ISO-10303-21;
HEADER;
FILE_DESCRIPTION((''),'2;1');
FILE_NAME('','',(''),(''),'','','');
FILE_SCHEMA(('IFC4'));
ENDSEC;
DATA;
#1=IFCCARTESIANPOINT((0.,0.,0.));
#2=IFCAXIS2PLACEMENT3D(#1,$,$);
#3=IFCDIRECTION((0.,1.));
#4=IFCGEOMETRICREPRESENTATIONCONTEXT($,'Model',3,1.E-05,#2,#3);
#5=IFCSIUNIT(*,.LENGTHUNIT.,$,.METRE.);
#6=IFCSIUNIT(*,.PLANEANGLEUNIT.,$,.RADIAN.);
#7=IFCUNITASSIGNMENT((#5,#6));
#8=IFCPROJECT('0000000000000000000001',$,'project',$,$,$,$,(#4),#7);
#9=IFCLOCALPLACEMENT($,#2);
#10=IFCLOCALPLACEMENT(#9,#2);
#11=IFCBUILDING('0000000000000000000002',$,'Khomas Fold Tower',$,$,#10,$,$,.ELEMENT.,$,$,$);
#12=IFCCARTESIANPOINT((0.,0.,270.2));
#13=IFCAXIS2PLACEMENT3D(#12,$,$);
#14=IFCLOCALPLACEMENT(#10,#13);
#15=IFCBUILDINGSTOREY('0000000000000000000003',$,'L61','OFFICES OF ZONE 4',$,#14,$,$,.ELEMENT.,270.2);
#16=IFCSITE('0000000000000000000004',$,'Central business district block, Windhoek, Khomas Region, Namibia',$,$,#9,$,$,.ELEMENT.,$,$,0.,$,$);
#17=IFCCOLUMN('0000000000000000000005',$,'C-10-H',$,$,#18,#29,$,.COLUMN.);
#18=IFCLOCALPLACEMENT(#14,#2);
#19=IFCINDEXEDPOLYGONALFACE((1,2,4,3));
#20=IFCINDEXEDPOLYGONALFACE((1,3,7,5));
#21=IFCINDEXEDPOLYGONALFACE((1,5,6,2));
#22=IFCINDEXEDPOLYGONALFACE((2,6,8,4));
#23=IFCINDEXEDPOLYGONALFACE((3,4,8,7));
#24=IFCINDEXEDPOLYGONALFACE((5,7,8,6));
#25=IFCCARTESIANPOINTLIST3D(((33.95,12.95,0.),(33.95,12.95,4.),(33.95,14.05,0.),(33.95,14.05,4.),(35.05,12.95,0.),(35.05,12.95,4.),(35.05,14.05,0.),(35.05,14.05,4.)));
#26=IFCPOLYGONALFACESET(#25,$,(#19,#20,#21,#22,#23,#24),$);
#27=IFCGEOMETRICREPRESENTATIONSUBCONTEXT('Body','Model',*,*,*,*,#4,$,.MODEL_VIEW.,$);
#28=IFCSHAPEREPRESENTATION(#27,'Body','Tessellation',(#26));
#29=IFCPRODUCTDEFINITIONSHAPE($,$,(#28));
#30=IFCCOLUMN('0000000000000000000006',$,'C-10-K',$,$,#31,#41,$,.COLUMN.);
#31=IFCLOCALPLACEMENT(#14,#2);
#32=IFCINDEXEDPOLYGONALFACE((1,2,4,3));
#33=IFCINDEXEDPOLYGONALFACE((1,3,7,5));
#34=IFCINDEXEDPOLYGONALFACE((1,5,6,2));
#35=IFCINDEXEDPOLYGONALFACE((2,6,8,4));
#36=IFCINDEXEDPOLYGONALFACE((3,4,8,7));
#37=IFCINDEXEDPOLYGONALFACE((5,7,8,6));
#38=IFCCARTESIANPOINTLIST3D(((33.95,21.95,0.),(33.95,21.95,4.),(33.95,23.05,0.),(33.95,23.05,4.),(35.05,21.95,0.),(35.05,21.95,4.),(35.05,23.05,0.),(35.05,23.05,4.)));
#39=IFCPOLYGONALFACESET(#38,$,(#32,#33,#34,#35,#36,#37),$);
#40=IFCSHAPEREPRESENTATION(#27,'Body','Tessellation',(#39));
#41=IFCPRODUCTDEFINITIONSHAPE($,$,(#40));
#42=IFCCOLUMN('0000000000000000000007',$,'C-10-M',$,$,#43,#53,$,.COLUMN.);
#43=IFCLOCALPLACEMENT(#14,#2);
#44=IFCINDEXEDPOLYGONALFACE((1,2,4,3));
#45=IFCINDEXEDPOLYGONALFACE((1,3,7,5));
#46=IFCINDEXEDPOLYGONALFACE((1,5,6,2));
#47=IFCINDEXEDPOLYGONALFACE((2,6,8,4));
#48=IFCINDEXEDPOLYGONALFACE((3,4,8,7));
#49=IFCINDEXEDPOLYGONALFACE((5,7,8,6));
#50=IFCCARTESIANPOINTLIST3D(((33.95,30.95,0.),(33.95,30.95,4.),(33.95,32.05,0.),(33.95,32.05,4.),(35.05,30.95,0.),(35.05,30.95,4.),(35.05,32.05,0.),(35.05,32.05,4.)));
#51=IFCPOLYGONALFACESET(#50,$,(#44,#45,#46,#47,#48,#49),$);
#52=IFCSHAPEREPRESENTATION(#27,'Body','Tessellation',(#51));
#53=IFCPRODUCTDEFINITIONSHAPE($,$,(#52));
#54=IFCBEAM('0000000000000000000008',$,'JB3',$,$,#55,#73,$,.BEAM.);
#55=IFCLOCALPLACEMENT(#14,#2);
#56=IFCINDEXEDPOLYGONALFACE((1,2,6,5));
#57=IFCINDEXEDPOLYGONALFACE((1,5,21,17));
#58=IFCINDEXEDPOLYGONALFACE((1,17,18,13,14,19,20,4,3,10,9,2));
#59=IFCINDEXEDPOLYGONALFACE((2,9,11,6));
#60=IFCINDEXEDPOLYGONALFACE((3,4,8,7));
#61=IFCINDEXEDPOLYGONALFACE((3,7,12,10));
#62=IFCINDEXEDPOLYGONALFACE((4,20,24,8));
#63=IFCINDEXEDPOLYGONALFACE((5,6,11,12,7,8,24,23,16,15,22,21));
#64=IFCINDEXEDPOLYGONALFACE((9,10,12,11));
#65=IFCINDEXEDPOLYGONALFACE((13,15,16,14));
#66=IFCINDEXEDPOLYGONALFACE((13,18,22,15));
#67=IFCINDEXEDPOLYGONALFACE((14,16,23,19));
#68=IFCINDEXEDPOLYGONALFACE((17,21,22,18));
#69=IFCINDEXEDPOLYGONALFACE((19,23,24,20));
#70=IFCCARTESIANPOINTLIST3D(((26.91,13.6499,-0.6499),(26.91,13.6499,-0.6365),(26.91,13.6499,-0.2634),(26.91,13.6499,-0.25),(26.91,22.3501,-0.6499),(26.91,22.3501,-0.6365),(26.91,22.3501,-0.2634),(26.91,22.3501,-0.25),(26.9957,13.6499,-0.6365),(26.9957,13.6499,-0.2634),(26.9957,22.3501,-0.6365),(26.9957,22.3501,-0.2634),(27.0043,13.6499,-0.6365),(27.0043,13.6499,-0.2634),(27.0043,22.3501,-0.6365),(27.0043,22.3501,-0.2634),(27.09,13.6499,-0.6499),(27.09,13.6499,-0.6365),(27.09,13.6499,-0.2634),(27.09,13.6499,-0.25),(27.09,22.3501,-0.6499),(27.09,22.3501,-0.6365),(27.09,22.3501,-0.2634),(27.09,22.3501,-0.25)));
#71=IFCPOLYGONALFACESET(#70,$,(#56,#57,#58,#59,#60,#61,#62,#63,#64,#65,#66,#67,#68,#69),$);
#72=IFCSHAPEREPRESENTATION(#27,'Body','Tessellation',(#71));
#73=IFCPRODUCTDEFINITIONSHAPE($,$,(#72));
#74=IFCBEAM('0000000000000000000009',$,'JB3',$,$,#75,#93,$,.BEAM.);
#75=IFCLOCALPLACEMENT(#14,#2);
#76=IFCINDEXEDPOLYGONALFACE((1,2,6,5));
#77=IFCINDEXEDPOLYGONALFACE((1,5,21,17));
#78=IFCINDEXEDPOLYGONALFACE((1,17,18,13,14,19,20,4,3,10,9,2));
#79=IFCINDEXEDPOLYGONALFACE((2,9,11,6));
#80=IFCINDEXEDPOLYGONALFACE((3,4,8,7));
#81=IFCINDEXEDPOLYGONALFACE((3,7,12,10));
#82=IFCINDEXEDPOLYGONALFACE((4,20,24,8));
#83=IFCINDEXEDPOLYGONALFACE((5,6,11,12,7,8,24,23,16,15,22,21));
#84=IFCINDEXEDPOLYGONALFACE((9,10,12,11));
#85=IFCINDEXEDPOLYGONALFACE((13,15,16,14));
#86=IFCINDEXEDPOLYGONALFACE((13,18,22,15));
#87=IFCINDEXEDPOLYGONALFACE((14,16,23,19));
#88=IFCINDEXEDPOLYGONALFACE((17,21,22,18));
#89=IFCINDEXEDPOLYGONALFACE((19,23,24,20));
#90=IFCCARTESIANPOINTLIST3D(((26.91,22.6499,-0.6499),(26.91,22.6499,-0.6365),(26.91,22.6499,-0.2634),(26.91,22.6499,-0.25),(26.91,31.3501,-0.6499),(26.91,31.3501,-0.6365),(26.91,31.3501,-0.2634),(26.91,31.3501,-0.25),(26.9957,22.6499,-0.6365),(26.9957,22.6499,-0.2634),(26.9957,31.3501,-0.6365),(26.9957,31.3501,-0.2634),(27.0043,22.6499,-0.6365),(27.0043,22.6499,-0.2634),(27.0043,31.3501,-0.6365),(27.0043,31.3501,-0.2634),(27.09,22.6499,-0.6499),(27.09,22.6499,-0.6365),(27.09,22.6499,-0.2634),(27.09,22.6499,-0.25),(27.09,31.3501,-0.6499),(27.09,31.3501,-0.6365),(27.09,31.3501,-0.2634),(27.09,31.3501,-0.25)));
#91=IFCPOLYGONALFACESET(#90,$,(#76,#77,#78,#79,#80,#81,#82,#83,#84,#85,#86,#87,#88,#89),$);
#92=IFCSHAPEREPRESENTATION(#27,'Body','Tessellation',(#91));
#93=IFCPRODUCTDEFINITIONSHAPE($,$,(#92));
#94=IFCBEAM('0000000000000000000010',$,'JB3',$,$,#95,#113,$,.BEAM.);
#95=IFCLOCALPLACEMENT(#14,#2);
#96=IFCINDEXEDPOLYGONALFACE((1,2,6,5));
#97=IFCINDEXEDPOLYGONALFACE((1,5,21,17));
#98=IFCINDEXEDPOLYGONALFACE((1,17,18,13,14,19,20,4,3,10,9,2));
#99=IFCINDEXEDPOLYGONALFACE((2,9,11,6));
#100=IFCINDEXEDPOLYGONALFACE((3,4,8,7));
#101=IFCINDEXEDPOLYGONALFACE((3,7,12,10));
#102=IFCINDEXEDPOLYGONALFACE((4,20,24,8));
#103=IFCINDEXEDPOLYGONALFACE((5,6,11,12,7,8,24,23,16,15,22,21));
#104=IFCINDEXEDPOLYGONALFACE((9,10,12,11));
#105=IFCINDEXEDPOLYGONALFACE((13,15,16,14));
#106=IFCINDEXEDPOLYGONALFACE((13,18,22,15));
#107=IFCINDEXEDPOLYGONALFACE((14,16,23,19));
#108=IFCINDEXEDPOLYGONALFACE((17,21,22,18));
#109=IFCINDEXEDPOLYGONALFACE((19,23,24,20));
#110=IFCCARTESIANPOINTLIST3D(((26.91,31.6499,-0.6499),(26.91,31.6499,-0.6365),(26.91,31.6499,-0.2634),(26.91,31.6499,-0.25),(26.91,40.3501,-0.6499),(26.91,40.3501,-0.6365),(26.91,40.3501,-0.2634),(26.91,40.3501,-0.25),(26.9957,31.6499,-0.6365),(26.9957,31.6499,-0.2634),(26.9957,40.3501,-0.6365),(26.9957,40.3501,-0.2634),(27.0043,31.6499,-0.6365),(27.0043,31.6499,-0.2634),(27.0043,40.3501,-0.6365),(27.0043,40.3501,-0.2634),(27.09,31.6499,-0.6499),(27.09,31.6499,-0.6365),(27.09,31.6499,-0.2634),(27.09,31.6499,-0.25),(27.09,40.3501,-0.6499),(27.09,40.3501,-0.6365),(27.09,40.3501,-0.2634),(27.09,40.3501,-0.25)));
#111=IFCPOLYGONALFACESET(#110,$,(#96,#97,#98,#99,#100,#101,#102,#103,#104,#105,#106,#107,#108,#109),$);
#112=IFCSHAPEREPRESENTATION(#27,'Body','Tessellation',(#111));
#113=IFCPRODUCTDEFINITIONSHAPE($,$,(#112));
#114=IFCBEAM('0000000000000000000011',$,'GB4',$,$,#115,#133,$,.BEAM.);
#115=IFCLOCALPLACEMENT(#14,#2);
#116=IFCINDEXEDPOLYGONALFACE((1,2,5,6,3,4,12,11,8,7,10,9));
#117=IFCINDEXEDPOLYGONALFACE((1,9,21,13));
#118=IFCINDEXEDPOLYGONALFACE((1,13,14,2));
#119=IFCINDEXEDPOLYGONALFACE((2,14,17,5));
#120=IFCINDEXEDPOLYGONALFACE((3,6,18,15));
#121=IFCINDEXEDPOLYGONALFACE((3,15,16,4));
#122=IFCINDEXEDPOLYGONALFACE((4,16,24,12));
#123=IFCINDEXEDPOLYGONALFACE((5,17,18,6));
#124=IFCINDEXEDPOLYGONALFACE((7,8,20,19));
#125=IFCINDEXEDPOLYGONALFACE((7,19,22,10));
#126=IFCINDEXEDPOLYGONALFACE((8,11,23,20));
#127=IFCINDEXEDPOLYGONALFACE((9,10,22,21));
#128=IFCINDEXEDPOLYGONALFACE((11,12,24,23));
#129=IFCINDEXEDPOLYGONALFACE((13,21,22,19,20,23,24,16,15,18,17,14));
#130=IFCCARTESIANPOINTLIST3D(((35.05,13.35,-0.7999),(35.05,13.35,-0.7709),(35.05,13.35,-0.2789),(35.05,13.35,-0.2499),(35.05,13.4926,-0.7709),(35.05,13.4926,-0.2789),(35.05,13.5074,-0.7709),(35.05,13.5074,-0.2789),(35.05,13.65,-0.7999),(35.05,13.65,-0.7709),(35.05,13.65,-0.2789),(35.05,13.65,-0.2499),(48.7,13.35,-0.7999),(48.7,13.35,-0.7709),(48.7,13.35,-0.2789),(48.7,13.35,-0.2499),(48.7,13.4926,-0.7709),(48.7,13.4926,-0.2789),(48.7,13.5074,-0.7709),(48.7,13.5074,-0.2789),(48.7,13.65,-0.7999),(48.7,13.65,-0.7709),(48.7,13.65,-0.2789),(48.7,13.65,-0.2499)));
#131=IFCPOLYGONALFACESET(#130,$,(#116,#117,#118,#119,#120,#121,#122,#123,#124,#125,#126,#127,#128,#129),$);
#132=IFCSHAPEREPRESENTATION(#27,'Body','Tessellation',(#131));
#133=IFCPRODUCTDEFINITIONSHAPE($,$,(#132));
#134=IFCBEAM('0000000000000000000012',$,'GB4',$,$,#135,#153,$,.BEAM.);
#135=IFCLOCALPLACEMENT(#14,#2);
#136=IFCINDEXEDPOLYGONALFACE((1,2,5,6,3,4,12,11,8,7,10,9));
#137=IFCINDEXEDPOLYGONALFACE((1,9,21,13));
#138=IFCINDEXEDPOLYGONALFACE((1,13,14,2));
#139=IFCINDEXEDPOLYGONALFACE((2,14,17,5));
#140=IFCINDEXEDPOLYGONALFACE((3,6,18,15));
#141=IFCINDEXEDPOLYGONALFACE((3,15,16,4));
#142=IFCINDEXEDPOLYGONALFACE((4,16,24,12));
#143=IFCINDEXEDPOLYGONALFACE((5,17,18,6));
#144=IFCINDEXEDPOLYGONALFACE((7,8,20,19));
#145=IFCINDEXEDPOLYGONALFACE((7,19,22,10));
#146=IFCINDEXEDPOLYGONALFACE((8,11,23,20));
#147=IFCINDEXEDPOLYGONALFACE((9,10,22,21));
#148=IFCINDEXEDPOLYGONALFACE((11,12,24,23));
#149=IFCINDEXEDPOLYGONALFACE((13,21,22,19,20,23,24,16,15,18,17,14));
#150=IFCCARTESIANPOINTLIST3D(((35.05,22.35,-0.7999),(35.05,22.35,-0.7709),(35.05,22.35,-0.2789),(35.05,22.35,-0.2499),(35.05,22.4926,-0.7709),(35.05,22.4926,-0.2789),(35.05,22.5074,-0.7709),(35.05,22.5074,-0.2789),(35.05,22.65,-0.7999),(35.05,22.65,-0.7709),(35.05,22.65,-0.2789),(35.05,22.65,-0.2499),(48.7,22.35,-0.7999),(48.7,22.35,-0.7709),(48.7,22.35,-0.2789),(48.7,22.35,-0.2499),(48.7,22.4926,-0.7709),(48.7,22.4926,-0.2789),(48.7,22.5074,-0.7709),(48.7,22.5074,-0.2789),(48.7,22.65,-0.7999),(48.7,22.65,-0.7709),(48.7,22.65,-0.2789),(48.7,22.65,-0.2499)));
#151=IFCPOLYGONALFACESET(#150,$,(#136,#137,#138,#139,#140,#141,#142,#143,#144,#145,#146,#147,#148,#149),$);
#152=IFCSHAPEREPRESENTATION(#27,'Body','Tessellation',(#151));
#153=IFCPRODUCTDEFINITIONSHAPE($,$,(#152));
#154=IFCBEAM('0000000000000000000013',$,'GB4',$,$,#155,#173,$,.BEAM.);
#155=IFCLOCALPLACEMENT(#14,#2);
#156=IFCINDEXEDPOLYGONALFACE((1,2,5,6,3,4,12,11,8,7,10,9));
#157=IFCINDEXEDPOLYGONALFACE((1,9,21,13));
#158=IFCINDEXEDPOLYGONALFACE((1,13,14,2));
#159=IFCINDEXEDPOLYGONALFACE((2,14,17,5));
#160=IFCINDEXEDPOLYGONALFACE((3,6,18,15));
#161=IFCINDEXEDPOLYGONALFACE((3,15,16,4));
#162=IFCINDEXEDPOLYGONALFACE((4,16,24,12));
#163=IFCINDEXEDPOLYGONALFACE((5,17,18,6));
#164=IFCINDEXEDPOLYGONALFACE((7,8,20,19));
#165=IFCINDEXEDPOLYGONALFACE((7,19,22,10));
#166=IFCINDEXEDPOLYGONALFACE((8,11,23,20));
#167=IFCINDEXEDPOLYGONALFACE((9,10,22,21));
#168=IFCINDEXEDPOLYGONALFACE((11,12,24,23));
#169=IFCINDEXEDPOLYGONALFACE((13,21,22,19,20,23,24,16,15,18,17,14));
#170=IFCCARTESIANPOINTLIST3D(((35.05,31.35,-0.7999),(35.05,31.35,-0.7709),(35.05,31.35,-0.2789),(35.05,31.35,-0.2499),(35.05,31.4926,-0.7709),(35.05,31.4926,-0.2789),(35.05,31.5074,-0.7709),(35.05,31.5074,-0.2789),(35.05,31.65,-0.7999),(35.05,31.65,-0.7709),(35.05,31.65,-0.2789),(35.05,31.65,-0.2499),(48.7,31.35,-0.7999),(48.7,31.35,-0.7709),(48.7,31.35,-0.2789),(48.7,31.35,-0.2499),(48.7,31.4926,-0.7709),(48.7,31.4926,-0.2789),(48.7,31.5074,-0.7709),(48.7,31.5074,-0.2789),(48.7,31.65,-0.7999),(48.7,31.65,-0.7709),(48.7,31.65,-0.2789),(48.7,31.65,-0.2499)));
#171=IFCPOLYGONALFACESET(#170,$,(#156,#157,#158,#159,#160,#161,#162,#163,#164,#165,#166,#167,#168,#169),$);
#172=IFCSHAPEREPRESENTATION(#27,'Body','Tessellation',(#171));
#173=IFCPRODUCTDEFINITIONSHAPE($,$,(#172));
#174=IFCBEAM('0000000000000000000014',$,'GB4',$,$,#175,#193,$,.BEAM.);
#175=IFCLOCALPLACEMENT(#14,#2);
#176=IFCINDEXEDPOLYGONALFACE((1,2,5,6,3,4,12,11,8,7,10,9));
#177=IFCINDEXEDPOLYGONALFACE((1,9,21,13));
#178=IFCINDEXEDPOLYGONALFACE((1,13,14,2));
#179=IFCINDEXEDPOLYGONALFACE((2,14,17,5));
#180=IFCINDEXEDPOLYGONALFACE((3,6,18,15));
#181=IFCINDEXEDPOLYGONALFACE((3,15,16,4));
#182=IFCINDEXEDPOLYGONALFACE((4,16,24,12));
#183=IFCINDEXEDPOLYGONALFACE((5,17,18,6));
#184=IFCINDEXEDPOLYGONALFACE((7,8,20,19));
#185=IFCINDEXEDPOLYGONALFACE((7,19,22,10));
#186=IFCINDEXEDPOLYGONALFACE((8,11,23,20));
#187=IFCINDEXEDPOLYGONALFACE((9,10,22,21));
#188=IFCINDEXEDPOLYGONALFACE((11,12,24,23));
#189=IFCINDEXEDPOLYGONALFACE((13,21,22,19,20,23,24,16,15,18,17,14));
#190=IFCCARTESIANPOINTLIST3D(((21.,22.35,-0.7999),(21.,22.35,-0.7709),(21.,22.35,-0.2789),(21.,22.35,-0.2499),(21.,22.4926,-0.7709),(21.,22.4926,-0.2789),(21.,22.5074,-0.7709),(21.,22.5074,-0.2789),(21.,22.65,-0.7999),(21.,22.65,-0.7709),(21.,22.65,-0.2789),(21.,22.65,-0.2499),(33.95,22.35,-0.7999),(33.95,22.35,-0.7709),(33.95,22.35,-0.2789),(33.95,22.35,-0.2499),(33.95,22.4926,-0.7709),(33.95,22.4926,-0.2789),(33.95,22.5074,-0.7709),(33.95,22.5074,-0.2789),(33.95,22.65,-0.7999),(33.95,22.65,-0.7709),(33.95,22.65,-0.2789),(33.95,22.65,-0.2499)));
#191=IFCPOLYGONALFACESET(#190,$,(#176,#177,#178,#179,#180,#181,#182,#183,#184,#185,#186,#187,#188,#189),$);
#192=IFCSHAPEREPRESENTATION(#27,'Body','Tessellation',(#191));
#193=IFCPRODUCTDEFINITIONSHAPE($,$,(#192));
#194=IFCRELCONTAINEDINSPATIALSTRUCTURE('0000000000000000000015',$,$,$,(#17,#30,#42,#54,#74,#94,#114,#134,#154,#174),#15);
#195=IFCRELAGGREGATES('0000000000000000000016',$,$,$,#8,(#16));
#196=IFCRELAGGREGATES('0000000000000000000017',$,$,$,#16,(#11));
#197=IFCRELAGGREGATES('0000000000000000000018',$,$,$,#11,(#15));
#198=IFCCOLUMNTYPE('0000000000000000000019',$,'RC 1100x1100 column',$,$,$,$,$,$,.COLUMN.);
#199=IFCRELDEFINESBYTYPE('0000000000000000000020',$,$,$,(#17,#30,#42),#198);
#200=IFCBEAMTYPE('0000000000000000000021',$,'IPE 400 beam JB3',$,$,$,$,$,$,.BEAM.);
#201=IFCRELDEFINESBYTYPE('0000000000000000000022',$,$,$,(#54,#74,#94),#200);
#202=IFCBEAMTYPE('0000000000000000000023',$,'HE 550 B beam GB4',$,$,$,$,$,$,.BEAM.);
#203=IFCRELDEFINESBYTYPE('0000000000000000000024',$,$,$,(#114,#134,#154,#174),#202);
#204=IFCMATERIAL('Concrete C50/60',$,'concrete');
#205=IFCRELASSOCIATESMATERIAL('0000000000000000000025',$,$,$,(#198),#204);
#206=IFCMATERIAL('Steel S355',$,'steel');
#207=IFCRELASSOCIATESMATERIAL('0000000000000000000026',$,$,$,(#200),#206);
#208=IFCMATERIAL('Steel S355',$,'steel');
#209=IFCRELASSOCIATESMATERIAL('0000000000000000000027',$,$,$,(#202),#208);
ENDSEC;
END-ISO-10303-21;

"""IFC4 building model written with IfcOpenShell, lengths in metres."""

from ifc_helpers import new_model, si_unit, direction, frame, origin, origin_2d, place, context, subcontext, project, spatial, rectangle, i_section, extrude, source, transform, mapped, material, material_profile, profile_set, type_object, element, save


model = new_model("IFC4")

# Units and contexts
model_context = context("Model", 3, precision=1e-05, world=origin(), true_north=direction((0.0, 1.0)))
body_context = subcontext(model_context, "Body", "Model", "MODEL_VIEW")
ifc_project = project(units=[si_unit("LENGTHUNIT", "METRE"), si_unit("PLANEANGLEUNIT", "RADIAN")], contexts=[model_context])

# Site, building, storey
site_placement = place(None, origin())
site = spatial("IfcSite", under=ifc_project, at=site_placement, Name="Central business district block, Windhoek, Khomas Region, Namibia", CompositionType="ELEMENT", RefElevation=0.0)
building_placement = place(site_placement, origin())
building = spatial("IfcBuilding", under=site, at=building_placement, Name="Khomas Fold Tower", CompositionType="ELEMENT")
storey_placement = place(building_placement, frame((0.0, 0.0, 270.2)))
storey = spatial("IfcBuildingStorey", under=building, at=storey_placement, Name="L61", Description="OFFICES OF ZONE 4", CompositionType="ELEMENT", Elevation=270.2)

# Columns
ifc_material_1 = material(Name="Concrete C50/60", Category="concrete")
ifc_material_profile_1 = material_profile(ifc_material_1, rectangle(XDim=1.1001, YDim=1.1001, at=origin_2d()), Name="RC 1100x1100")
ifc_profile_set_1 = profile_set([ifc_material_profile_1], Name="Concrete C50/60")
column_type = type_object("IfcColumnType", Name="RC 1100x1100 column", PredefinedType="COLUMN", material=ifc_profile_set_1)
shared_shape_1 = source(origin(), body_context, "Body", "SweptSolid", [
    extrude(rectangle(XDim=1.1001, YDim=1.1001, at=origin_2d()), origin(), (0.0, 0.0, 1.0), 4.0),
])
for number, where, z_axis, x_axis, name in (
    (1, (34.5, 13.5, 0.0), (0.0, 0.0, 1.0), (1.0, 0.0, 0.0), "C-10-H"),
    (2, (34.5, 22.5, 0.0), (0.0, 0.0, 1.0), (1.0, 0.0, 0.0), "C-10-K"),
    (3, (34.5, 31.5, 0.0), (0.0, 0.0, 1.0), (1.0, 0.0, 0.0), "C-10-M"),
):
    element("IfcColumn", number, at=place(storey_placement, frame(where, z_axis=z_axis, x_axis=x_axis)), inside=storey, type_object=column_type, Name=name, PredefinedType="COLUMN", context=body_context, shape_type="MappedRepresentation", body=[
        mapped(shared_shape_1, transform((0.0, 0.0, 0.0))),
    ])

# Beams
ifc_material_2 = material(Name="Steel S355", Category="steel")
ifc_material_profile_2 = material_profile(ifc_material_2, i_section(OverallWidth=0.1799, OverallDepth=0.3999, WebThickness=0.0085, FlangeThickness=0.0134, at=origin_2d()), Name="IPE 400")
ifc_profile_set_2 = profile_set([ifc_material_profile_2], Name="Steel S355")
beam_type_1 = type_object("IfcBeamType", Name="IPE 400 beam JB3", PredefinedType="BEAM", material=ifc_profile_set_2)
shared_shape_2 = source(origin(), body_context, "Body", "SweptSolid", [
    extrude(i_section(OverallWidth=0.1799, OverallDepth=0.3999, WebThickness=0.0085, FlangeThickness=0.0134, at=origin_2d()), origin(), (0.0, 0.0, 1.0), 8.7002),
])
for number, where, z_axis, x_axis, name in (
    (4, (27.0, 13.6499, -0.45), (0.0, 1.0, 0.0), (-1.0, 0.0, 0.0), "JB3"),
    (5, (27.0, 22.6499, -0.45), (0.0, 1.0, 0.0), (-1.0, 0.0, 0.0), "JB3"),
    (6, (27.0, 31.6499, -0.45), (0.0, 1.0, 0.0), (-1.0, 0.0, 0.0), "JB3"),
):
    element("IfcBeam", number, at=place(storey_placement, frame(where, z_axis=z_axis, x_axis=x_axis)), inside=storey, type_object=beam_type_1, Name=name, PredefinedType="BEAM", context=body_context, shape_type="MappedRepresentation", body=[
        mapped(shared_shape_2, transform((0.0, 0.0, 0.0))),
    ])
ifc_material_3 = material(Name="Steel S355", Category="steel")
ifc_material_profile_3 = material_profile(ifc_material_3, i_section(OverallWidth=0.3, OverallDepth=0.55, WebThickness=0.0149, FlangeThickness=0.0291, at=origin_2d()), Name="HE 550 B")
ifc_profile_set_3 = profile_set([ifc_material_profile_3], Name="Steel S355")
beam_type_2 = type_object("IfcBeamType", Name="HE 550 B beam GB4", PredefinedType="BEAM", material=ifc_profile_set_3)
shared_shape_3 = source(origin(), body_context, "Body", "SweptSolid", [
    extrude(i_section(OverallWidth=0.3, OverallDepth=0.55, WebThickness=0.0149, FlangeThickness=0.0291, at=origin_2d()), origin(), (0.0, 0.0, 1.0), 13.6499),
])
for number, where, z_axis, x_axis, name in (
    (7, (35.05, 13.5, -0.5249), (1.0, 0.0, 0.0), (0.0, 1.0, 0.0), "GB4"),
    (8, (35.05, 22.5, -0.5249), (1.0, 0.0, 0.0), (0.0, 1.0, 0.0), "GB4"),
    (9, (35.05, 31.5, -0.5249), (1.0, 0.0, 0.0), (0.0, 1.0, 0.0), "GB4"),
):
    element("IfcBeam", number, at=place(storey_placement, frame(where, z_axis=z_axis, x_axis=x_axis)), inside=storey, type_object=beam_type_2, Name=name, PredefinedType="BEAM", context=body_context, shape_type="MappedRepresentation", body=[
        mapped(shared_shape_3, transform((0.0, 0.0, 0.0))),
    ])
shared_shape_4 = source(origin(), body_context, "Body", "SweptSolid", [
    extrude(i_section(OverallWidth=0.3, OverallDepth=0.55, WebThickness=0.0149, FlangeThickness=0.0291, at=origin_2d()), origin(), (0.0, 0.0, 1.0), 12.95),
])
for number, where, z_axis, x_axis, name in (
    (10, (21.0, 22.5, -0.5249), (1.0, 0.0, 0.0), (0.0, 1.0, 0.0), "GB4"),
):
    element("IfcBeam", number, at=place(storey_placement, frame(where, z_axis=z_axis, x_axis=x_axis)), inside=storey, type_object=beam_type_2, Name=name, PredefinedType="BEAM", context=body_context, shape_type="MappedRepresentation", body=[
        mapped(shared_shape_4, transform((0.0, 0.0, 0.0))),
    ])

save(model, "model.ifc")
